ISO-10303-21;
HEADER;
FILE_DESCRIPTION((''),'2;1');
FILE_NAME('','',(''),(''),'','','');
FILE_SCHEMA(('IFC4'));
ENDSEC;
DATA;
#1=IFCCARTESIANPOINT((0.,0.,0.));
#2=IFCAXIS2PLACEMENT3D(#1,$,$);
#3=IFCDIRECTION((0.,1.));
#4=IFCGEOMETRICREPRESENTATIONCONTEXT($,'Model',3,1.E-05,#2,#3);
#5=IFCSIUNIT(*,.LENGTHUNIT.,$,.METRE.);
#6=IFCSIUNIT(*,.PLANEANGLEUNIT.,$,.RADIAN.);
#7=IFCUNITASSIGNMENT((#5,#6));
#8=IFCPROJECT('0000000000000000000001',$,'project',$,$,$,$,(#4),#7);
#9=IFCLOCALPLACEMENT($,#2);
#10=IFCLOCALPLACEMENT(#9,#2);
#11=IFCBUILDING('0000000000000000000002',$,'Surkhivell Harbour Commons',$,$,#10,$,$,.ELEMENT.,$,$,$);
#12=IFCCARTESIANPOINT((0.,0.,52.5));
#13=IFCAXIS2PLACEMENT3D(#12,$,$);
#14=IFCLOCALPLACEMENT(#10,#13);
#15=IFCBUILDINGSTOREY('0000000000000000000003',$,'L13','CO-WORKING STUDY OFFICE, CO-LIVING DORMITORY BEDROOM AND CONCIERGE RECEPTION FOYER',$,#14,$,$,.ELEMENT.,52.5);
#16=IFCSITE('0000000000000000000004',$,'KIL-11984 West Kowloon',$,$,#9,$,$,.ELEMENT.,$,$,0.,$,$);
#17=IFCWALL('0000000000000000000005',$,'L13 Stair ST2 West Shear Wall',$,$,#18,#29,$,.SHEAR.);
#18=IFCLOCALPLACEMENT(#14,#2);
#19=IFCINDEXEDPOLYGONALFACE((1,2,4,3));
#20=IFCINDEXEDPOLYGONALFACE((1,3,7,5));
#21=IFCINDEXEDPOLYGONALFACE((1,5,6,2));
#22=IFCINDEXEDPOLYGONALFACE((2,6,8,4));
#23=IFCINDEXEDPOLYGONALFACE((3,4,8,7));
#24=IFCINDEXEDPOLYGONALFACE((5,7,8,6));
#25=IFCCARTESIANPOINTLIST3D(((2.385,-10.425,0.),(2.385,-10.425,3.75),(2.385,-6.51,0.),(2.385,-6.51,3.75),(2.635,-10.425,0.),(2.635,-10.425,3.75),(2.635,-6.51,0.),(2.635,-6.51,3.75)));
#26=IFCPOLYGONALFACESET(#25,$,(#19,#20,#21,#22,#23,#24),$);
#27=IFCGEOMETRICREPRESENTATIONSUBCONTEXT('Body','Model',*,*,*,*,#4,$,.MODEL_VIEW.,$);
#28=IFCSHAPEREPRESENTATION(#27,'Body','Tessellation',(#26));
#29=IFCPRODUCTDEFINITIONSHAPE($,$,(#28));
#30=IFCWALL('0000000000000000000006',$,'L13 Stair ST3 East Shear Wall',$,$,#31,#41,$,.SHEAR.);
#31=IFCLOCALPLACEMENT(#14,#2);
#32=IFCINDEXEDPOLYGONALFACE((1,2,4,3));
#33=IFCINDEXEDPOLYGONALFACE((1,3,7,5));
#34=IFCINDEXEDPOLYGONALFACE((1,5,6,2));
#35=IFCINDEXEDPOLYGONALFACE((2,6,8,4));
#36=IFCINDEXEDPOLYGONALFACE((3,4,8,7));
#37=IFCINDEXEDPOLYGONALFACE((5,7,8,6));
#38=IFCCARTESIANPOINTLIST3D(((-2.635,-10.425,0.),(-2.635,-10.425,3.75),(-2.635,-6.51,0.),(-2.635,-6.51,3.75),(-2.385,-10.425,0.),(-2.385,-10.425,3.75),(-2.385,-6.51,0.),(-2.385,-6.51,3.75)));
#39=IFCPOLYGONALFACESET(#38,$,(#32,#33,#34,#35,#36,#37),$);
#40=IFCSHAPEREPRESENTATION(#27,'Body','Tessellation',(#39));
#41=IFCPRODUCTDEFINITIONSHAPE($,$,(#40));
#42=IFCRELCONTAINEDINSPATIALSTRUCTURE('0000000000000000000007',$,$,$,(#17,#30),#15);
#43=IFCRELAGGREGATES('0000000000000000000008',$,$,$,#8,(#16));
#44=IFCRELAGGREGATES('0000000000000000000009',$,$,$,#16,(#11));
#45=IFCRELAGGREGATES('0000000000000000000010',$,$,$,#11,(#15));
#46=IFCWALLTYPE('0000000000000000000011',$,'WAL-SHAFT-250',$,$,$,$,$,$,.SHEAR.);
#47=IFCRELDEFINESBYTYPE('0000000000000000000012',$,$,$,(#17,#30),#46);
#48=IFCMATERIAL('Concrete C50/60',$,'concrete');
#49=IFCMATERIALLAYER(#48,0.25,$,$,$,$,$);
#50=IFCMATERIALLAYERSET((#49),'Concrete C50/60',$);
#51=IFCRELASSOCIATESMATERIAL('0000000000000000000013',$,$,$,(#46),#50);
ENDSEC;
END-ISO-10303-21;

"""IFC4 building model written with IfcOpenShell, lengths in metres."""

from ifc_helpers import new_model, si_unit, direction, frame, frame_2d, origin, place, context, subcontext, project, spatial, rectangle, extrude, material, layer, layer_set, type_object, element, save


model = new_model("IFC4")

# Units and contexts
model_context = context("Model", 3, precision=1e-05, world=origin(), true_north=direction((0.0, 1.0)))
body_context = subcontext(model_context, "Body", "Model", "MODEL_VIEW")
ifc_project = project(units=[si_unit("LENGTHUNIT", "METRE"), si_unit("PLANEANGLEUNIT", "RADIAN")], contexts=[model_context])

# Site, building, storey
site_placement = place(None, origin())
site = spatial("IfcSite", under=ifc_project, at=site_placement, Name="KIL-11984 West Kowloon", CompositionType="ELEMENT", RefElevation=0.0)
building_placement = place(site_placement, origin())
building = spatial("IfcBuilding", under=site, at=building_placement, Name="Surkhivell Harbour Commons", CompositionType="ELEMENT")
storey_placement = place(building_placement, frame((0.0, 0.0, 52.5)))
storey = spatial("IfcBuildingStorey", under=building, at=storey_placement, Name="L13", Description="CO-WORKING STUDY OFFICE, CO-LIVING DORMITORY BEDROOM AND CONCIERGE RECEPTION FOYER", CompositionType="ELEMENT", Elevation=52.5)

# Shared definitions
ifc_material_1 = material(Name="Concrete C50/60", Category="concrete")
ifc_layer_1 = layer(ifc_material_1, 0.25)
ifc_layer_set_1 = layer_set([ifc_layer_1], Name="Concrete C50/60")
wall_type_1 = type_object("IfcWallType", Name="WAL-SHAFT-250", PredefinedType="SHEAR", material=ifc_layer_set_1)

# Walls
for number, where, z_axis, x_axis, name in (
    (1, (2.51, -10.425, 0.0), (0.0, 0.0, 1.0), (0.0, 1.0, 0.0), "L13 Stair ST2 West Shear Wall"),
    (2, (-2.51, -10.425, 0.0), (0.0, 0.0, 1.0), (0.0, 1.0, 0.0), "L13 Stair ST3 East Shear Wall"),
):
    element("IfcWall", number, at=place(storey_placement, frame(where, z_axis=z_axis, x_axis=x_axis)), inside=storey, type_object=wall_type_1, Name=name, PredefinedType="SHEAR", context=body_context, shape_type="SweptSolid", body=[
        extrude(rectangle(XDim=3.915, YDim=0.25, at=frame_2d((1.9575, 0.0))), origin(), (0.0, 0.0, 1.0), 3.75),
    ])

save(model, "model.ifc")
